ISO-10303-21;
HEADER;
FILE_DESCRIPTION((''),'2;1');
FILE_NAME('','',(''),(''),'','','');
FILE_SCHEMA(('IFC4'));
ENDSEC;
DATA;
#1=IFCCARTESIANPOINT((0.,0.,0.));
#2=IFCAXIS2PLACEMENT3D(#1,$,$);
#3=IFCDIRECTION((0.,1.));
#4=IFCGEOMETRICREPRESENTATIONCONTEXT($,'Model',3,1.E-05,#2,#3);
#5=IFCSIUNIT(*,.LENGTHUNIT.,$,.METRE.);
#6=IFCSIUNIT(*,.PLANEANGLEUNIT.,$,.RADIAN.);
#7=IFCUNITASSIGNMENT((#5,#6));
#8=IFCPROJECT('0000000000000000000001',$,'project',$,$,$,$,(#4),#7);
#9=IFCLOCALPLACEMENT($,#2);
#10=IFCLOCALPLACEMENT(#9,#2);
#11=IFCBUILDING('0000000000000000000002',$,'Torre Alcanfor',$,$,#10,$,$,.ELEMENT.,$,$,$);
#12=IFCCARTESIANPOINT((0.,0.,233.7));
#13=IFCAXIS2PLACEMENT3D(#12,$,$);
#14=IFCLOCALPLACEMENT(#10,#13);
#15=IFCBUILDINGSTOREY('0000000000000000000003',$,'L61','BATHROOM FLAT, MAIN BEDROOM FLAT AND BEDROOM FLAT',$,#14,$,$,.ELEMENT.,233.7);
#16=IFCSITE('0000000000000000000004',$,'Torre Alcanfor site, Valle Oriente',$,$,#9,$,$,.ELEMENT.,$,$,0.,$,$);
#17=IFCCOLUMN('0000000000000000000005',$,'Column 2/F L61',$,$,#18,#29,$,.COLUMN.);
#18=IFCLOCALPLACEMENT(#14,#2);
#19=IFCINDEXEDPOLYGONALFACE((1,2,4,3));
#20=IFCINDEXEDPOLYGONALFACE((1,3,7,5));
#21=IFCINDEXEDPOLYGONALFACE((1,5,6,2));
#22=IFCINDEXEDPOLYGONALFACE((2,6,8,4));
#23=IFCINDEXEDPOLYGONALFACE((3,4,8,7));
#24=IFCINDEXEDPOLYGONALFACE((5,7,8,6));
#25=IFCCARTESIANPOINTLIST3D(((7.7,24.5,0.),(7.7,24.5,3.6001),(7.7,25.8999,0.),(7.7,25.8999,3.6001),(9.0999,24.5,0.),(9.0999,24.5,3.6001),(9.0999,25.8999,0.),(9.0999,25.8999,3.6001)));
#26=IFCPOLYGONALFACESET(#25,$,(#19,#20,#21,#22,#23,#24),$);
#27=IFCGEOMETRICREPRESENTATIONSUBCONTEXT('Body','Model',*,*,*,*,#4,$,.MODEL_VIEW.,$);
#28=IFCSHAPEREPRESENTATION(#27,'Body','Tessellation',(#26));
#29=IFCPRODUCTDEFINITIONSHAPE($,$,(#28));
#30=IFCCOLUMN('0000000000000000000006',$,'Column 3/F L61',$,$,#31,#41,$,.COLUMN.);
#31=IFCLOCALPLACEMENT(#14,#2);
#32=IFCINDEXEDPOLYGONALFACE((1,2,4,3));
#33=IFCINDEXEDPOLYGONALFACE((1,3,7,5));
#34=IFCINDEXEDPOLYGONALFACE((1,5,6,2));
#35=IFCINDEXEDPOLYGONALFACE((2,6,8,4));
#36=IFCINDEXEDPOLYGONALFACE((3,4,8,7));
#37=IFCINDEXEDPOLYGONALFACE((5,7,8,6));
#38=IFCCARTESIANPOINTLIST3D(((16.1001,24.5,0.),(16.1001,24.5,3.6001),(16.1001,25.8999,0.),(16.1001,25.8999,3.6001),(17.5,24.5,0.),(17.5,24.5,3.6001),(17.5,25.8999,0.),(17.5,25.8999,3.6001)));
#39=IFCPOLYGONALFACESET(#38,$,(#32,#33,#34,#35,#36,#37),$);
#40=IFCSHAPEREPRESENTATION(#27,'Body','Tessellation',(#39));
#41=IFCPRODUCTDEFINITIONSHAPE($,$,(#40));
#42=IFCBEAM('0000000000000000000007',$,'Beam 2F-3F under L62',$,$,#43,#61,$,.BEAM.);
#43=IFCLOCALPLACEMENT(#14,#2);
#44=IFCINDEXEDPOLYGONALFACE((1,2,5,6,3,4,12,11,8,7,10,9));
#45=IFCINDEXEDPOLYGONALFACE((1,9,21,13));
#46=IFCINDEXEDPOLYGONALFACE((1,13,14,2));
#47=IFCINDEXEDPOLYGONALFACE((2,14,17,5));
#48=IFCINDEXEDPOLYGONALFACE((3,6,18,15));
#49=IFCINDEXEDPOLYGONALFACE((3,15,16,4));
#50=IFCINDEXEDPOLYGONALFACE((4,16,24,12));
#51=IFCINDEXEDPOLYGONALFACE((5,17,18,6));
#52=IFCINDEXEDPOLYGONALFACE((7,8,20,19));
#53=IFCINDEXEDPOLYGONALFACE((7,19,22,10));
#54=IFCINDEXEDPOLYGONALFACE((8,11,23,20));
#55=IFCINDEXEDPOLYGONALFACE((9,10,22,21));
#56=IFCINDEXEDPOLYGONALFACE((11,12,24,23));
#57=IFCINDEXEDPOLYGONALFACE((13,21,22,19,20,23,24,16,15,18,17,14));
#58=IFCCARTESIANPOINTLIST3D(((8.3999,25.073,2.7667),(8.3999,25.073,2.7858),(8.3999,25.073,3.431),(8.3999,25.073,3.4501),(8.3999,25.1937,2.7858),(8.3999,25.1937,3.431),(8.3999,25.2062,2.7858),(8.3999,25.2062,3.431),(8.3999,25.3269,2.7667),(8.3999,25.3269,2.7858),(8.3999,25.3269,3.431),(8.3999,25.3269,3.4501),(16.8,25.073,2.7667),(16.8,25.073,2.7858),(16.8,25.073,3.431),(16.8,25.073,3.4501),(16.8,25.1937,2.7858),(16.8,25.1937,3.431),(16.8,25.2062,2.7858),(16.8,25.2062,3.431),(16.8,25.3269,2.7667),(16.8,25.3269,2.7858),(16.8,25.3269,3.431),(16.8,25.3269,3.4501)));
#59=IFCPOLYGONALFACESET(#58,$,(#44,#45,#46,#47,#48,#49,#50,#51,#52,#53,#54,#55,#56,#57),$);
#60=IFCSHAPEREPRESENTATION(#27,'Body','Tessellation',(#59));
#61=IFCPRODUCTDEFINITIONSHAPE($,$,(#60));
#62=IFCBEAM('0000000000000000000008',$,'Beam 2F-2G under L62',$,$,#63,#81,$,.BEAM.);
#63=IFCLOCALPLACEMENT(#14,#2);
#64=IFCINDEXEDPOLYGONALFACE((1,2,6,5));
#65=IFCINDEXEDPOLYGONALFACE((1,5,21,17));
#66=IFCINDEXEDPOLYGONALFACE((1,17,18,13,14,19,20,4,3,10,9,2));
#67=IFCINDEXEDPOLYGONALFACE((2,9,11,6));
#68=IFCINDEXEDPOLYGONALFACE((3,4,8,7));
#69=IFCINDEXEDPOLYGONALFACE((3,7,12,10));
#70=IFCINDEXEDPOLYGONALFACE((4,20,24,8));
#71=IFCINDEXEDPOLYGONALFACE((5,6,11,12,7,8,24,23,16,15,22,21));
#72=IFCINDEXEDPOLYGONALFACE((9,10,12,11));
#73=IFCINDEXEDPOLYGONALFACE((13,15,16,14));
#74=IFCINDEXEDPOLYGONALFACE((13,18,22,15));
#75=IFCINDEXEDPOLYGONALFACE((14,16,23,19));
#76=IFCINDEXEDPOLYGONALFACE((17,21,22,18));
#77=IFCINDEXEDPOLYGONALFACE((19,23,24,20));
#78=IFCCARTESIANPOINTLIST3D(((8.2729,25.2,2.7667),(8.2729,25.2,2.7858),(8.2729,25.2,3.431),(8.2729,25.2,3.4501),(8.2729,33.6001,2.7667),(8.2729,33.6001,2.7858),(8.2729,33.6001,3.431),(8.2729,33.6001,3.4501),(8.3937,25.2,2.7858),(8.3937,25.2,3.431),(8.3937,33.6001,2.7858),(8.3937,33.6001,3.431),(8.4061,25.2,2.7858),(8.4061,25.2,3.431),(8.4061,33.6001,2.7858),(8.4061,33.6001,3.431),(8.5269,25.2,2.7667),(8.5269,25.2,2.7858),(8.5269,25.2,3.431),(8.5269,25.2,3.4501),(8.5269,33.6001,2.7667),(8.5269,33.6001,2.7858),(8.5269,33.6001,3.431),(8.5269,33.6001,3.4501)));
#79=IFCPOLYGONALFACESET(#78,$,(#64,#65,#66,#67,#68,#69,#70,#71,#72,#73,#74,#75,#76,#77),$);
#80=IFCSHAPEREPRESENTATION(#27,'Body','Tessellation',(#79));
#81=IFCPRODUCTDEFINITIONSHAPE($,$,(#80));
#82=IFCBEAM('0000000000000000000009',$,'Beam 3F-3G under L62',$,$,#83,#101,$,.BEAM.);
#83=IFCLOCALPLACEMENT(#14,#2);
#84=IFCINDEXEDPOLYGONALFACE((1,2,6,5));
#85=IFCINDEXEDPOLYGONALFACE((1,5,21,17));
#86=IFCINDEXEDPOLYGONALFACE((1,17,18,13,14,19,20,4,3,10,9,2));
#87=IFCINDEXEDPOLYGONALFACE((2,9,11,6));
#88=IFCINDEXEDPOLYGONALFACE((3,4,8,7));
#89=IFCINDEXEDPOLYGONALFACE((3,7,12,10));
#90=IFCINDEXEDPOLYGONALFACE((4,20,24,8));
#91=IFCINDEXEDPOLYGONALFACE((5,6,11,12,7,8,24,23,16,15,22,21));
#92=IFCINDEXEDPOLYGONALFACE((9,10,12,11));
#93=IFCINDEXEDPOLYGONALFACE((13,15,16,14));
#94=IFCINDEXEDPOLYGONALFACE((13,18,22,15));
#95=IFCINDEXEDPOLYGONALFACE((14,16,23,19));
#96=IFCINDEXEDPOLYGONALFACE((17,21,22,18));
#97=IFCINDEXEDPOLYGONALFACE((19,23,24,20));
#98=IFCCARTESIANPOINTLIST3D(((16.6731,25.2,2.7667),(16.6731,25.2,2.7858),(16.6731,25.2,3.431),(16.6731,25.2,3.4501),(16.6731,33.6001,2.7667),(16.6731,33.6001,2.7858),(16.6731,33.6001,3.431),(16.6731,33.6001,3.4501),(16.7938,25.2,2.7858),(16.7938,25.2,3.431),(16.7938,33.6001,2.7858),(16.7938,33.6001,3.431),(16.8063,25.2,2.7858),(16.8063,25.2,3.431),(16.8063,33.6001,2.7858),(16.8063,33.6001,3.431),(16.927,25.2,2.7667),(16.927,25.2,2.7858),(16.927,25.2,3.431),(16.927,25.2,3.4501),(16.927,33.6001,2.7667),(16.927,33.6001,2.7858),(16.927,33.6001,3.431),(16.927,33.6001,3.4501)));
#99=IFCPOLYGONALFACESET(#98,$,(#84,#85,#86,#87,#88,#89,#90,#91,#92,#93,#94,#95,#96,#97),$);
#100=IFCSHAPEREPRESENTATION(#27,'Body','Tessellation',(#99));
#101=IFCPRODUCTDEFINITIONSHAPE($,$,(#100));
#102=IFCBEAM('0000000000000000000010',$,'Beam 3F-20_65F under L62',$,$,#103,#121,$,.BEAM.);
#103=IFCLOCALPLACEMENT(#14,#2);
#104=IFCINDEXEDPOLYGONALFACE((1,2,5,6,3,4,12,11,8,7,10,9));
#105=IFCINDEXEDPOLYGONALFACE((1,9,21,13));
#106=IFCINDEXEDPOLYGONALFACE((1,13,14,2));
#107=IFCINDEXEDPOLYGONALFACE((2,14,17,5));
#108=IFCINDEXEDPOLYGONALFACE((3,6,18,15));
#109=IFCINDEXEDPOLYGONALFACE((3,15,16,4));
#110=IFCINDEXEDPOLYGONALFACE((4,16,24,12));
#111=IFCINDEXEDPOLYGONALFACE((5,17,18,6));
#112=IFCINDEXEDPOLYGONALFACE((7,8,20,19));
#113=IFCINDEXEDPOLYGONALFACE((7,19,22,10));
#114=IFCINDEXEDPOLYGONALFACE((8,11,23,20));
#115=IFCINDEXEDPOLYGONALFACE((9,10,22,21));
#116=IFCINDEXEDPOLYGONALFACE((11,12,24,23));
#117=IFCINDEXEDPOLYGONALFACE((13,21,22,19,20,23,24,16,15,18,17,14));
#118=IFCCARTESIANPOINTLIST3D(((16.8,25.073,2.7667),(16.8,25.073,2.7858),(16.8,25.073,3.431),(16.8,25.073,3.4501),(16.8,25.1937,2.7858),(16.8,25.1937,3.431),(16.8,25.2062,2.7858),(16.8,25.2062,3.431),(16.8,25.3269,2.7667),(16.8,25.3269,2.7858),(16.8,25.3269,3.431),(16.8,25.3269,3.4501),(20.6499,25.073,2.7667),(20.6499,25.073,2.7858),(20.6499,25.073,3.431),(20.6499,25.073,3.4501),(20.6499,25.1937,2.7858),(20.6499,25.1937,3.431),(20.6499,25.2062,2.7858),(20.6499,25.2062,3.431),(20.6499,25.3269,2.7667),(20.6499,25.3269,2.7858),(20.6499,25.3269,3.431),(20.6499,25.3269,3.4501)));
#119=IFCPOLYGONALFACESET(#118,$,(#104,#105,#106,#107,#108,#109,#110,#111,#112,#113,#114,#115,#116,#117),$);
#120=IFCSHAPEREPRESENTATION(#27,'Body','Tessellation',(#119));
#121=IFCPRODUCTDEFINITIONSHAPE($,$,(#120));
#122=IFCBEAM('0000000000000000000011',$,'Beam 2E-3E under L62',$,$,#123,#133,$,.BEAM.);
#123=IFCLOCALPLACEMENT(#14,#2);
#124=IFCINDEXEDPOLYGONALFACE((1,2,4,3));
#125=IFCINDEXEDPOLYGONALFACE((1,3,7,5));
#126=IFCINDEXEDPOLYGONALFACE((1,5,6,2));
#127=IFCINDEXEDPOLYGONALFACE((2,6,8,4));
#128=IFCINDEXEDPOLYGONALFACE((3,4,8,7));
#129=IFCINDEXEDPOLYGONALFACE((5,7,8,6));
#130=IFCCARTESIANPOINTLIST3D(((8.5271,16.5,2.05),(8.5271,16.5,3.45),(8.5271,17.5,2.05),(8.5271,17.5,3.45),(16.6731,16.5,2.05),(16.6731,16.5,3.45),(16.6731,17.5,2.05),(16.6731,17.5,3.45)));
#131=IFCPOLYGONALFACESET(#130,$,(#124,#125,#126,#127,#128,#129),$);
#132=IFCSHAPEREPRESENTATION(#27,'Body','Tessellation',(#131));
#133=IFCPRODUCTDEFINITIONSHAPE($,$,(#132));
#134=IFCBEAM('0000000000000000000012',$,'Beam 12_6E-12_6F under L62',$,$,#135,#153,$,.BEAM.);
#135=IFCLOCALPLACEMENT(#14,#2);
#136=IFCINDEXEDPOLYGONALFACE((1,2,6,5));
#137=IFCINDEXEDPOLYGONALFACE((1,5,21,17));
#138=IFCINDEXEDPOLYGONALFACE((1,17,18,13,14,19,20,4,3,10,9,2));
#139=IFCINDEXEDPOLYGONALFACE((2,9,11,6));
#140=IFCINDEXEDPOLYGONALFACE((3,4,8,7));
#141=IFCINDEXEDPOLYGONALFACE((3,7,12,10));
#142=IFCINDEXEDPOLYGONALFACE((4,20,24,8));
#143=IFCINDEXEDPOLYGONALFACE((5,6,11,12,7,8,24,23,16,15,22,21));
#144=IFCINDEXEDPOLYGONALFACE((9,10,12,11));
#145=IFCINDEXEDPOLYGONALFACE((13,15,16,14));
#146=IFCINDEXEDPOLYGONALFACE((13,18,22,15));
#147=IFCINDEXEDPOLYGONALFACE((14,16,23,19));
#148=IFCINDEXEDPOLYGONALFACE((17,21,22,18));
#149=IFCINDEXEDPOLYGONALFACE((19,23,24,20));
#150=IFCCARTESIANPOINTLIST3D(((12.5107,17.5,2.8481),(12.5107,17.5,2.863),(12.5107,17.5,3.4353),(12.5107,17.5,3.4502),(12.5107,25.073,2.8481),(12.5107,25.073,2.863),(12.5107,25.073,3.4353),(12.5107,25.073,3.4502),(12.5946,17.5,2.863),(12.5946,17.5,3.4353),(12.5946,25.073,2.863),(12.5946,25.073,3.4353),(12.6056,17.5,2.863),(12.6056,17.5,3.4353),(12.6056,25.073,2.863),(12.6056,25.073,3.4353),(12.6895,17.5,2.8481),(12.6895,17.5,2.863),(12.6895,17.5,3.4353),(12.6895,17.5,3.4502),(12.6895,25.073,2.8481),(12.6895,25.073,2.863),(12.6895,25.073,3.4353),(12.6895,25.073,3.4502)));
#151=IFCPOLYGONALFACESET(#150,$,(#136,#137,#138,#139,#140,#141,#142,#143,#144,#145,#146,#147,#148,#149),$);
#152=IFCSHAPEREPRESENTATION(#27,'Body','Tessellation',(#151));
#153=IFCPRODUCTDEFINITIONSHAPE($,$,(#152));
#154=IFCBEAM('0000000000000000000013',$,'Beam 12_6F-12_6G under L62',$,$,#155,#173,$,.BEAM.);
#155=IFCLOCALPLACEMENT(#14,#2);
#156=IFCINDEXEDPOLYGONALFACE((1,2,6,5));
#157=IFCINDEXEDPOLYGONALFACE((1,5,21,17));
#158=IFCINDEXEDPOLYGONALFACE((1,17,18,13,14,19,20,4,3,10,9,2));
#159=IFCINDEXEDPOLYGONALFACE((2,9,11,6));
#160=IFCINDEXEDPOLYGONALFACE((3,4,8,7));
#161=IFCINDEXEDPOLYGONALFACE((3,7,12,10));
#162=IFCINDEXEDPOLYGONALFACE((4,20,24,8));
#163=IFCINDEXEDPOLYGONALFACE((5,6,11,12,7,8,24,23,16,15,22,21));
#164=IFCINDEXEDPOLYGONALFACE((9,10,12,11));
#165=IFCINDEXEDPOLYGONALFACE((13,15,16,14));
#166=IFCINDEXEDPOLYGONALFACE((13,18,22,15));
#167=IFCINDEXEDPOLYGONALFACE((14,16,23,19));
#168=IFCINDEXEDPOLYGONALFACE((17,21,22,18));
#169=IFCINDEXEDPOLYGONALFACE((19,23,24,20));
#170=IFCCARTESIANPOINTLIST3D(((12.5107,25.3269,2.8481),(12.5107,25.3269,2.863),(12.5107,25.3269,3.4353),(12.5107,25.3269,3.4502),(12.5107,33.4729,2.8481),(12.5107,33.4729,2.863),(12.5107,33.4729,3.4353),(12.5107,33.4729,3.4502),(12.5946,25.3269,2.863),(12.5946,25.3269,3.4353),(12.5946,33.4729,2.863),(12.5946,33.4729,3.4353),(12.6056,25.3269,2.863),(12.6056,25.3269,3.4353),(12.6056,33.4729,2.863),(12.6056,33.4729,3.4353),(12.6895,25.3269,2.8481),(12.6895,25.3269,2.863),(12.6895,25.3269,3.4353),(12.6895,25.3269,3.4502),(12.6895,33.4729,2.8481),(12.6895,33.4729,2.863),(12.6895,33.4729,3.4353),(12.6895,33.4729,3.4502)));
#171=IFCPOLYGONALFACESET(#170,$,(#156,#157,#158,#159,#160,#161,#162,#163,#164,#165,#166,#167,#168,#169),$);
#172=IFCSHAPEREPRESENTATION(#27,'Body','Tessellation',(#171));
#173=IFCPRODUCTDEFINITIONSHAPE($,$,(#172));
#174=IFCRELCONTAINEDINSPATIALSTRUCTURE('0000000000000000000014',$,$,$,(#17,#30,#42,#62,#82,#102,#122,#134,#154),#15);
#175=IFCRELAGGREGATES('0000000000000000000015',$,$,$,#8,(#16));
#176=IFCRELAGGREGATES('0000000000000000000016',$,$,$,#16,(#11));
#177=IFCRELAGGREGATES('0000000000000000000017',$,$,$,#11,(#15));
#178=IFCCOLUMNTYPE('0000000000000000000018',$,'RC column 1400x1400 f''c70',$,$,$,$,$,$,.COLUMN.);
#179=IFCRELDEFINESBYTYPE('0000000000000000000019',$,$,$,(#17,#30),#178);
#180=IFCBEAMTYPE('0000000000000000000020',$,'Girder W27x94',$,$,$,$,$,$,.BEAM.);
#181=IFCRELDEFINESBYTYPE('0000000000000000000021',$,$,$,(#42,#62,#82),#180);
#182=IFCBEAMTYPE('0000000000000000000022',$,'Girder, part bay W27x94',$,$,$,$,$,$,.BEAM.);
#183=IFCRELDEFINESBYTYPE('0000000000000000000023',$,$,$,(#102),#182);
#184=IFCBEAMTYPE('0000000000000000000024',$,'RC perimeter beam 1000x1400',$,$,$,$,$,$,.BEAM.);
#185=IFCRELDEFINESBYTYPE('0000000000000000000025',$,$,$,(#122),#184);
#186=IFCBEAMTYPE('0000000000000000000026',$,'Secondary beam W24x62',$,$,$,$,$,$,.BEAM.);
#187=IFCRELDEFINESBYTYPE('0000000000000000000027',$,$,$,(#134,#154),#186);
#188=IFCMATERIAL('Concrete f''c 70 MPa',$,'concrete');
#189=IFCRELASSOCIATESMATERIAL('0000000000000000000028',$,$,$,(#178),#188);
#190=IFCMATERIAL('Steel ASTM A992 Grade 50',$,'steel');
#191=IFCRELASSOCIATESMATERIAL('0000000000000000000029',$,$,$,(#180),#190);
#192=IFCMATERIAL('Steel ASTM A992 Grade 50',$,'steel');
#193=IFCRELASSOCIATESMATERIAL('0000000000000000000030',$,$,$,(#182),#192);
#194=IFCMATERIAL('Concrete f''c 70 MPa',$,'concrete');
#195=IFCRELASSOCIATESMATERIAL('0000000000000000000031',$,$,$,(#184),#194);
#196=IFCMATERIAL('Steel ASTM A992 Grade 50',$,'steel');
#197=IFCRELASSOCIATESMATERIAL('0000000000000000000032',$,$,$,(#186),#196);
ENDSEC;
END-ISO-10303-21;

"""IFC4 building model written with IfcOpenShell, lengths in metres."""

from ifc_helpers import new_model, si_unit, direction, frame, origin, origin_2d, place, context, subcontext, project, spatial, rectangle, i_section, extrude, material, material_profile, profile_set, type_object, element, save


model = new_model("IFC4")

# Units and contexts
model_context = context("Model", 3, precision=1e-05, world=origin(), true_north=direction((0.0, 1.0)))
body_context = subcontext(model_context, "Body", "Model", "MODEL_VIEW")
ifc_project = project(units=[si_unit("LENGTHUNIT", "METRE"), si_unit("PLANEANGLEUNIT", "RADIAN")], contexts=[model_context])

# Site, building, storey
site_placement = place(None, origin())
site = spatial("IfcSite", under=ifc_project, at=site_placement, Name="Torre Alcanfor site, Valle Oriente", CompositionType="ELEMENT", RefElevation=0.0)
building_placement = place(site_placement, origin())
building = spatial("IfcBuilding", under=site, at=building_placement, Name="Torre Alcanfor", CompositionType="ELEMENT")
storey_placement = place(building_placement, frame((0.0, 0.0, 233.7)))
storey = spatial("IfcBuildingStorey", under=building, at=storey_placement, Name="L61", Description="BATHROOM FLAT, MAIN BEDROOM FLAT AND BEDROOM FLAT", CompositionType="ELEMENT", Elevation=233.7)

# Columns
ifc_material_1 = material(Name="Concrete f'c 70 MPa", Category="concrete")
ifc_material_profile_1 = material_profile(ifc_material_1, rectangle(XDim=1.3999, YDim=1.3999, at=origin_2d()), Name="1400x1400")
ifc_profile_set_1 = profile_set([ifc_material_profile_1], Name="Concrete f'c 70 MPa")
column_type = type_object("IfcColumnType", Name="RC column 1400x1400 f'c70", PredefinedType="COLUMN", material=ifc_profile_set_1)
for number, where, z_axis, x_axis, name in (
    (1, (8.3999, 25.2, 0.0), (0.0, 0.0, 1.0), (1.0, 0.0, 0.0), "Column 2/F L61"),
    (2, (16.8, 25.2, 0.0), (0.0, 0.0, 1.0), (1.0, 0.0, 0.0), "Column 3/F L61"),
):
    element("IfcColumn", number, at=place(storey_placement, frame(where, z_axis=z_axis, x_axis=x_axis)), inside=storey, type_object=column_type, Name=name, PredefinedType="COLUMN", context=body_context, shape_type="SweptSolid", body=[
        extrude(rectangle(XDim=1.3999, YDim=1.3999, at=origin_2d()), origin(), (0.0, 0.0, 1.0), 3.6001),
    ])

# Beams
ifc_material_2 = material(Name="Steel ASTM A992 Grade 50", Category="steel")
ifc_material_profile_2 = material_profile(ifc_material_2, i_section(OverallWidth=0.2539, OverallDepth=0.6833, WebThickness=0.0125, FlangeThickness=0.019, at=origin_2d()), Name="W27x94")
ifc_profile_set_2 = profile_set([ifc_material_profile_2], Name="Steel ASTM A992 Grade 50")
beam_type_1 = type_object("IfcBeamType", Name="Girder W27x94", PredefinedType="BEAM", material=ifc_profile_set_2)
for number, where, z_axis, x_axis, name in (
    (3, (8.3999, 25.2, 3.1084), (1.0, 0.0, 0.0), (0.0, 1.0, 0.0), "Beam 2F-3F under L62"),
    (4, (8.3999, 25.2, 3.1084), (0.0, 1.0, 0.0), (-1.0, 0.0, 0.0), "Beam 2F-2G under L62"),
    (5, (16.8, 25.2, 3.1084), (0.0, 1.0, 0.0), (-1.0, 0.0, 0.0), "Beam 3F-3G under L62"),
):
    element("IfcBeam", number, at=place(storey_placement, frame(where, z_axis=z_axis, x_axis=x_axis)), inside=storey, type_object=beam_type_1, Name=name, PredefinedType="BEAM", context=body_context, shape_type="SweptSolid", body=[
        extrude(i_section(OverallWidth=0.2539, OverallDepth=0.6833, WebThickness=0.0125, FlangeThickness=0.019, at=origin_2d()), origin(), (0.0, 0.0, 1.0), 8.4001),
    ])
ifc_material_3 = material(Name="Steel ASTM A992 Grade 50", Category="steel")
ifc_material_profile_3 = material_profile(ifc_material_3, i_section(OverallWidth=0.2539, OverallDepth=0.6833, WebThickness=0.0125, FlangeThickness=0.019, at=origin_2d()), Name="W27x94")
ifc_profile_set_3 = profile_set([ifc_material_profile_3], Name="Steel ASTM A992 Grade 50")
beam_type_2 = type_object("IfcBeamType", Name="Girder, part bay W27x94", PredefinedType="BEAM", material=ifc_profile_set_3)
beam_1_placement = place(storey_placement, frame((16.8, 25.2, 3.1084), z_axis=(1.0, 0.0, 0.0), x_axis=(0.0, 1.0, 0.0)))
element("IfcBeam", 6, at=beam_1_placement, inside=storey, type_object=beam_type_2, Name="Beam 3F-20_65F under L62", PredefinedType="BEAM", context=body_context, shape_type="SweptSolid", body=[
    extrude(i_section(OverallWidth=0.2539, OverallDepth=0.6833, WebThickness=0.0125, FlangeThickness=0.019, at=origin_2d()), origin(), (0.0, 0.0, 1.0), 3.8499),
])
ifc_material_4 = material(Name="Concrete f'c 70 MPa", Category="concrete")
ifc_material_profile_4 = material_profile(ifc_material_4, rectangle(XDim=1.0, YDim=1.3999, at=origin_2d()), Name="1000x1400")
ifc_profile_set_4 = profile_set([ifc_material_profile_4], Name="Concrete f'c 70 MPa")
beam_type_3 = type_object("IfcBeamType", Name="RC perimeter beam 1000x1400", PredefinedType="BEAM", material=ifc_profile_set_4)
beam_2_placement = place(storey_placement, frame((8.5271, 17.0, 2.75), z_axis=(1.0, 0.0, 0.0), x_axis=(0.0, 1.0, 0.0)))
element("IfcBeam", 7, at=beam_2_placement, inside=storey, type_object=beam_type_3, Name="Beam 2E-3E under L62", PredefinedType="BEAM", context=body_context, shape_type="SweptSolid", body=[
    extrude(rectangle(XDim=1.0, YDim=1.3999, at=origin_2d()), origin(), (0.0, 0.0, 1.0), 8.146),
])
ifc_material_5 = material(Name="Steel ASTM A992 Grade 50", Category="steel")
ifc_material_profile_5 = material_profile(ifc_material_5, i_section(OverallWidth=0.1787, OverallDepth=0.6021, WebThickness=0.011, FlangeThickness=0.0149, at=origin_2d()), Name="W24x62")
ifc_profile_set_5 = profile_set([ifc_material_profile_5], Name="Steel ASTM A992 Grade 50")
beam_type_4 = type_object("IfcBeamType", Name="Secondary beam W24x62", PredefinedType="BEAM", material=ifc_profile_set_5)
beam_3_placement = place(storey_placement, frame((12.6001, 17.5, 3.1492), z_axis=(0.0, 1.0, 0.0), x_axis=(-1.0, 0.0, 0.0)))
element("IfcBeam", 8, at=beam_3_placement, inside=storey, type_object=beam_type_4, Name="Beam 12_6E-12_6F under L62", PredefinedType="BEAM", context=body_context, shape_type="SweptSolid", body=[
    extrude(i_section(OverallWidth=0.1787, OverallDepth=0.6021, WebThickness=0.011, FlangeThickness=0.0149, at=origin_2d()), origin(), (0.0, 0.0, 1.0), 7.573),
])
beam_4_placement = place(storey_placement, frame((12.6001, 25.3269, 3.1492), z_axis=(0.0, 1.0, 0.0), x_axis=(-1.0, 0.0, 0.0)))
element("IfcBeam", 9, at=beam_4_placement, inside=storey, type_object=beam_type_4, Name="Beam 12_6F-12_6G under L62", PredefinedType="BEAM", context=body_context, shape_type="SweptSolid", body=[
    extrude(i_section(OverallWidth=0.1787, OverallDepth=0.6021, WebThickness=0.011, FlangeThickness=0.0149, at=origin_2d()), origin(), (0.0, 0.0, 1.0), 8.146),
])

save(model, "model.ifc")
